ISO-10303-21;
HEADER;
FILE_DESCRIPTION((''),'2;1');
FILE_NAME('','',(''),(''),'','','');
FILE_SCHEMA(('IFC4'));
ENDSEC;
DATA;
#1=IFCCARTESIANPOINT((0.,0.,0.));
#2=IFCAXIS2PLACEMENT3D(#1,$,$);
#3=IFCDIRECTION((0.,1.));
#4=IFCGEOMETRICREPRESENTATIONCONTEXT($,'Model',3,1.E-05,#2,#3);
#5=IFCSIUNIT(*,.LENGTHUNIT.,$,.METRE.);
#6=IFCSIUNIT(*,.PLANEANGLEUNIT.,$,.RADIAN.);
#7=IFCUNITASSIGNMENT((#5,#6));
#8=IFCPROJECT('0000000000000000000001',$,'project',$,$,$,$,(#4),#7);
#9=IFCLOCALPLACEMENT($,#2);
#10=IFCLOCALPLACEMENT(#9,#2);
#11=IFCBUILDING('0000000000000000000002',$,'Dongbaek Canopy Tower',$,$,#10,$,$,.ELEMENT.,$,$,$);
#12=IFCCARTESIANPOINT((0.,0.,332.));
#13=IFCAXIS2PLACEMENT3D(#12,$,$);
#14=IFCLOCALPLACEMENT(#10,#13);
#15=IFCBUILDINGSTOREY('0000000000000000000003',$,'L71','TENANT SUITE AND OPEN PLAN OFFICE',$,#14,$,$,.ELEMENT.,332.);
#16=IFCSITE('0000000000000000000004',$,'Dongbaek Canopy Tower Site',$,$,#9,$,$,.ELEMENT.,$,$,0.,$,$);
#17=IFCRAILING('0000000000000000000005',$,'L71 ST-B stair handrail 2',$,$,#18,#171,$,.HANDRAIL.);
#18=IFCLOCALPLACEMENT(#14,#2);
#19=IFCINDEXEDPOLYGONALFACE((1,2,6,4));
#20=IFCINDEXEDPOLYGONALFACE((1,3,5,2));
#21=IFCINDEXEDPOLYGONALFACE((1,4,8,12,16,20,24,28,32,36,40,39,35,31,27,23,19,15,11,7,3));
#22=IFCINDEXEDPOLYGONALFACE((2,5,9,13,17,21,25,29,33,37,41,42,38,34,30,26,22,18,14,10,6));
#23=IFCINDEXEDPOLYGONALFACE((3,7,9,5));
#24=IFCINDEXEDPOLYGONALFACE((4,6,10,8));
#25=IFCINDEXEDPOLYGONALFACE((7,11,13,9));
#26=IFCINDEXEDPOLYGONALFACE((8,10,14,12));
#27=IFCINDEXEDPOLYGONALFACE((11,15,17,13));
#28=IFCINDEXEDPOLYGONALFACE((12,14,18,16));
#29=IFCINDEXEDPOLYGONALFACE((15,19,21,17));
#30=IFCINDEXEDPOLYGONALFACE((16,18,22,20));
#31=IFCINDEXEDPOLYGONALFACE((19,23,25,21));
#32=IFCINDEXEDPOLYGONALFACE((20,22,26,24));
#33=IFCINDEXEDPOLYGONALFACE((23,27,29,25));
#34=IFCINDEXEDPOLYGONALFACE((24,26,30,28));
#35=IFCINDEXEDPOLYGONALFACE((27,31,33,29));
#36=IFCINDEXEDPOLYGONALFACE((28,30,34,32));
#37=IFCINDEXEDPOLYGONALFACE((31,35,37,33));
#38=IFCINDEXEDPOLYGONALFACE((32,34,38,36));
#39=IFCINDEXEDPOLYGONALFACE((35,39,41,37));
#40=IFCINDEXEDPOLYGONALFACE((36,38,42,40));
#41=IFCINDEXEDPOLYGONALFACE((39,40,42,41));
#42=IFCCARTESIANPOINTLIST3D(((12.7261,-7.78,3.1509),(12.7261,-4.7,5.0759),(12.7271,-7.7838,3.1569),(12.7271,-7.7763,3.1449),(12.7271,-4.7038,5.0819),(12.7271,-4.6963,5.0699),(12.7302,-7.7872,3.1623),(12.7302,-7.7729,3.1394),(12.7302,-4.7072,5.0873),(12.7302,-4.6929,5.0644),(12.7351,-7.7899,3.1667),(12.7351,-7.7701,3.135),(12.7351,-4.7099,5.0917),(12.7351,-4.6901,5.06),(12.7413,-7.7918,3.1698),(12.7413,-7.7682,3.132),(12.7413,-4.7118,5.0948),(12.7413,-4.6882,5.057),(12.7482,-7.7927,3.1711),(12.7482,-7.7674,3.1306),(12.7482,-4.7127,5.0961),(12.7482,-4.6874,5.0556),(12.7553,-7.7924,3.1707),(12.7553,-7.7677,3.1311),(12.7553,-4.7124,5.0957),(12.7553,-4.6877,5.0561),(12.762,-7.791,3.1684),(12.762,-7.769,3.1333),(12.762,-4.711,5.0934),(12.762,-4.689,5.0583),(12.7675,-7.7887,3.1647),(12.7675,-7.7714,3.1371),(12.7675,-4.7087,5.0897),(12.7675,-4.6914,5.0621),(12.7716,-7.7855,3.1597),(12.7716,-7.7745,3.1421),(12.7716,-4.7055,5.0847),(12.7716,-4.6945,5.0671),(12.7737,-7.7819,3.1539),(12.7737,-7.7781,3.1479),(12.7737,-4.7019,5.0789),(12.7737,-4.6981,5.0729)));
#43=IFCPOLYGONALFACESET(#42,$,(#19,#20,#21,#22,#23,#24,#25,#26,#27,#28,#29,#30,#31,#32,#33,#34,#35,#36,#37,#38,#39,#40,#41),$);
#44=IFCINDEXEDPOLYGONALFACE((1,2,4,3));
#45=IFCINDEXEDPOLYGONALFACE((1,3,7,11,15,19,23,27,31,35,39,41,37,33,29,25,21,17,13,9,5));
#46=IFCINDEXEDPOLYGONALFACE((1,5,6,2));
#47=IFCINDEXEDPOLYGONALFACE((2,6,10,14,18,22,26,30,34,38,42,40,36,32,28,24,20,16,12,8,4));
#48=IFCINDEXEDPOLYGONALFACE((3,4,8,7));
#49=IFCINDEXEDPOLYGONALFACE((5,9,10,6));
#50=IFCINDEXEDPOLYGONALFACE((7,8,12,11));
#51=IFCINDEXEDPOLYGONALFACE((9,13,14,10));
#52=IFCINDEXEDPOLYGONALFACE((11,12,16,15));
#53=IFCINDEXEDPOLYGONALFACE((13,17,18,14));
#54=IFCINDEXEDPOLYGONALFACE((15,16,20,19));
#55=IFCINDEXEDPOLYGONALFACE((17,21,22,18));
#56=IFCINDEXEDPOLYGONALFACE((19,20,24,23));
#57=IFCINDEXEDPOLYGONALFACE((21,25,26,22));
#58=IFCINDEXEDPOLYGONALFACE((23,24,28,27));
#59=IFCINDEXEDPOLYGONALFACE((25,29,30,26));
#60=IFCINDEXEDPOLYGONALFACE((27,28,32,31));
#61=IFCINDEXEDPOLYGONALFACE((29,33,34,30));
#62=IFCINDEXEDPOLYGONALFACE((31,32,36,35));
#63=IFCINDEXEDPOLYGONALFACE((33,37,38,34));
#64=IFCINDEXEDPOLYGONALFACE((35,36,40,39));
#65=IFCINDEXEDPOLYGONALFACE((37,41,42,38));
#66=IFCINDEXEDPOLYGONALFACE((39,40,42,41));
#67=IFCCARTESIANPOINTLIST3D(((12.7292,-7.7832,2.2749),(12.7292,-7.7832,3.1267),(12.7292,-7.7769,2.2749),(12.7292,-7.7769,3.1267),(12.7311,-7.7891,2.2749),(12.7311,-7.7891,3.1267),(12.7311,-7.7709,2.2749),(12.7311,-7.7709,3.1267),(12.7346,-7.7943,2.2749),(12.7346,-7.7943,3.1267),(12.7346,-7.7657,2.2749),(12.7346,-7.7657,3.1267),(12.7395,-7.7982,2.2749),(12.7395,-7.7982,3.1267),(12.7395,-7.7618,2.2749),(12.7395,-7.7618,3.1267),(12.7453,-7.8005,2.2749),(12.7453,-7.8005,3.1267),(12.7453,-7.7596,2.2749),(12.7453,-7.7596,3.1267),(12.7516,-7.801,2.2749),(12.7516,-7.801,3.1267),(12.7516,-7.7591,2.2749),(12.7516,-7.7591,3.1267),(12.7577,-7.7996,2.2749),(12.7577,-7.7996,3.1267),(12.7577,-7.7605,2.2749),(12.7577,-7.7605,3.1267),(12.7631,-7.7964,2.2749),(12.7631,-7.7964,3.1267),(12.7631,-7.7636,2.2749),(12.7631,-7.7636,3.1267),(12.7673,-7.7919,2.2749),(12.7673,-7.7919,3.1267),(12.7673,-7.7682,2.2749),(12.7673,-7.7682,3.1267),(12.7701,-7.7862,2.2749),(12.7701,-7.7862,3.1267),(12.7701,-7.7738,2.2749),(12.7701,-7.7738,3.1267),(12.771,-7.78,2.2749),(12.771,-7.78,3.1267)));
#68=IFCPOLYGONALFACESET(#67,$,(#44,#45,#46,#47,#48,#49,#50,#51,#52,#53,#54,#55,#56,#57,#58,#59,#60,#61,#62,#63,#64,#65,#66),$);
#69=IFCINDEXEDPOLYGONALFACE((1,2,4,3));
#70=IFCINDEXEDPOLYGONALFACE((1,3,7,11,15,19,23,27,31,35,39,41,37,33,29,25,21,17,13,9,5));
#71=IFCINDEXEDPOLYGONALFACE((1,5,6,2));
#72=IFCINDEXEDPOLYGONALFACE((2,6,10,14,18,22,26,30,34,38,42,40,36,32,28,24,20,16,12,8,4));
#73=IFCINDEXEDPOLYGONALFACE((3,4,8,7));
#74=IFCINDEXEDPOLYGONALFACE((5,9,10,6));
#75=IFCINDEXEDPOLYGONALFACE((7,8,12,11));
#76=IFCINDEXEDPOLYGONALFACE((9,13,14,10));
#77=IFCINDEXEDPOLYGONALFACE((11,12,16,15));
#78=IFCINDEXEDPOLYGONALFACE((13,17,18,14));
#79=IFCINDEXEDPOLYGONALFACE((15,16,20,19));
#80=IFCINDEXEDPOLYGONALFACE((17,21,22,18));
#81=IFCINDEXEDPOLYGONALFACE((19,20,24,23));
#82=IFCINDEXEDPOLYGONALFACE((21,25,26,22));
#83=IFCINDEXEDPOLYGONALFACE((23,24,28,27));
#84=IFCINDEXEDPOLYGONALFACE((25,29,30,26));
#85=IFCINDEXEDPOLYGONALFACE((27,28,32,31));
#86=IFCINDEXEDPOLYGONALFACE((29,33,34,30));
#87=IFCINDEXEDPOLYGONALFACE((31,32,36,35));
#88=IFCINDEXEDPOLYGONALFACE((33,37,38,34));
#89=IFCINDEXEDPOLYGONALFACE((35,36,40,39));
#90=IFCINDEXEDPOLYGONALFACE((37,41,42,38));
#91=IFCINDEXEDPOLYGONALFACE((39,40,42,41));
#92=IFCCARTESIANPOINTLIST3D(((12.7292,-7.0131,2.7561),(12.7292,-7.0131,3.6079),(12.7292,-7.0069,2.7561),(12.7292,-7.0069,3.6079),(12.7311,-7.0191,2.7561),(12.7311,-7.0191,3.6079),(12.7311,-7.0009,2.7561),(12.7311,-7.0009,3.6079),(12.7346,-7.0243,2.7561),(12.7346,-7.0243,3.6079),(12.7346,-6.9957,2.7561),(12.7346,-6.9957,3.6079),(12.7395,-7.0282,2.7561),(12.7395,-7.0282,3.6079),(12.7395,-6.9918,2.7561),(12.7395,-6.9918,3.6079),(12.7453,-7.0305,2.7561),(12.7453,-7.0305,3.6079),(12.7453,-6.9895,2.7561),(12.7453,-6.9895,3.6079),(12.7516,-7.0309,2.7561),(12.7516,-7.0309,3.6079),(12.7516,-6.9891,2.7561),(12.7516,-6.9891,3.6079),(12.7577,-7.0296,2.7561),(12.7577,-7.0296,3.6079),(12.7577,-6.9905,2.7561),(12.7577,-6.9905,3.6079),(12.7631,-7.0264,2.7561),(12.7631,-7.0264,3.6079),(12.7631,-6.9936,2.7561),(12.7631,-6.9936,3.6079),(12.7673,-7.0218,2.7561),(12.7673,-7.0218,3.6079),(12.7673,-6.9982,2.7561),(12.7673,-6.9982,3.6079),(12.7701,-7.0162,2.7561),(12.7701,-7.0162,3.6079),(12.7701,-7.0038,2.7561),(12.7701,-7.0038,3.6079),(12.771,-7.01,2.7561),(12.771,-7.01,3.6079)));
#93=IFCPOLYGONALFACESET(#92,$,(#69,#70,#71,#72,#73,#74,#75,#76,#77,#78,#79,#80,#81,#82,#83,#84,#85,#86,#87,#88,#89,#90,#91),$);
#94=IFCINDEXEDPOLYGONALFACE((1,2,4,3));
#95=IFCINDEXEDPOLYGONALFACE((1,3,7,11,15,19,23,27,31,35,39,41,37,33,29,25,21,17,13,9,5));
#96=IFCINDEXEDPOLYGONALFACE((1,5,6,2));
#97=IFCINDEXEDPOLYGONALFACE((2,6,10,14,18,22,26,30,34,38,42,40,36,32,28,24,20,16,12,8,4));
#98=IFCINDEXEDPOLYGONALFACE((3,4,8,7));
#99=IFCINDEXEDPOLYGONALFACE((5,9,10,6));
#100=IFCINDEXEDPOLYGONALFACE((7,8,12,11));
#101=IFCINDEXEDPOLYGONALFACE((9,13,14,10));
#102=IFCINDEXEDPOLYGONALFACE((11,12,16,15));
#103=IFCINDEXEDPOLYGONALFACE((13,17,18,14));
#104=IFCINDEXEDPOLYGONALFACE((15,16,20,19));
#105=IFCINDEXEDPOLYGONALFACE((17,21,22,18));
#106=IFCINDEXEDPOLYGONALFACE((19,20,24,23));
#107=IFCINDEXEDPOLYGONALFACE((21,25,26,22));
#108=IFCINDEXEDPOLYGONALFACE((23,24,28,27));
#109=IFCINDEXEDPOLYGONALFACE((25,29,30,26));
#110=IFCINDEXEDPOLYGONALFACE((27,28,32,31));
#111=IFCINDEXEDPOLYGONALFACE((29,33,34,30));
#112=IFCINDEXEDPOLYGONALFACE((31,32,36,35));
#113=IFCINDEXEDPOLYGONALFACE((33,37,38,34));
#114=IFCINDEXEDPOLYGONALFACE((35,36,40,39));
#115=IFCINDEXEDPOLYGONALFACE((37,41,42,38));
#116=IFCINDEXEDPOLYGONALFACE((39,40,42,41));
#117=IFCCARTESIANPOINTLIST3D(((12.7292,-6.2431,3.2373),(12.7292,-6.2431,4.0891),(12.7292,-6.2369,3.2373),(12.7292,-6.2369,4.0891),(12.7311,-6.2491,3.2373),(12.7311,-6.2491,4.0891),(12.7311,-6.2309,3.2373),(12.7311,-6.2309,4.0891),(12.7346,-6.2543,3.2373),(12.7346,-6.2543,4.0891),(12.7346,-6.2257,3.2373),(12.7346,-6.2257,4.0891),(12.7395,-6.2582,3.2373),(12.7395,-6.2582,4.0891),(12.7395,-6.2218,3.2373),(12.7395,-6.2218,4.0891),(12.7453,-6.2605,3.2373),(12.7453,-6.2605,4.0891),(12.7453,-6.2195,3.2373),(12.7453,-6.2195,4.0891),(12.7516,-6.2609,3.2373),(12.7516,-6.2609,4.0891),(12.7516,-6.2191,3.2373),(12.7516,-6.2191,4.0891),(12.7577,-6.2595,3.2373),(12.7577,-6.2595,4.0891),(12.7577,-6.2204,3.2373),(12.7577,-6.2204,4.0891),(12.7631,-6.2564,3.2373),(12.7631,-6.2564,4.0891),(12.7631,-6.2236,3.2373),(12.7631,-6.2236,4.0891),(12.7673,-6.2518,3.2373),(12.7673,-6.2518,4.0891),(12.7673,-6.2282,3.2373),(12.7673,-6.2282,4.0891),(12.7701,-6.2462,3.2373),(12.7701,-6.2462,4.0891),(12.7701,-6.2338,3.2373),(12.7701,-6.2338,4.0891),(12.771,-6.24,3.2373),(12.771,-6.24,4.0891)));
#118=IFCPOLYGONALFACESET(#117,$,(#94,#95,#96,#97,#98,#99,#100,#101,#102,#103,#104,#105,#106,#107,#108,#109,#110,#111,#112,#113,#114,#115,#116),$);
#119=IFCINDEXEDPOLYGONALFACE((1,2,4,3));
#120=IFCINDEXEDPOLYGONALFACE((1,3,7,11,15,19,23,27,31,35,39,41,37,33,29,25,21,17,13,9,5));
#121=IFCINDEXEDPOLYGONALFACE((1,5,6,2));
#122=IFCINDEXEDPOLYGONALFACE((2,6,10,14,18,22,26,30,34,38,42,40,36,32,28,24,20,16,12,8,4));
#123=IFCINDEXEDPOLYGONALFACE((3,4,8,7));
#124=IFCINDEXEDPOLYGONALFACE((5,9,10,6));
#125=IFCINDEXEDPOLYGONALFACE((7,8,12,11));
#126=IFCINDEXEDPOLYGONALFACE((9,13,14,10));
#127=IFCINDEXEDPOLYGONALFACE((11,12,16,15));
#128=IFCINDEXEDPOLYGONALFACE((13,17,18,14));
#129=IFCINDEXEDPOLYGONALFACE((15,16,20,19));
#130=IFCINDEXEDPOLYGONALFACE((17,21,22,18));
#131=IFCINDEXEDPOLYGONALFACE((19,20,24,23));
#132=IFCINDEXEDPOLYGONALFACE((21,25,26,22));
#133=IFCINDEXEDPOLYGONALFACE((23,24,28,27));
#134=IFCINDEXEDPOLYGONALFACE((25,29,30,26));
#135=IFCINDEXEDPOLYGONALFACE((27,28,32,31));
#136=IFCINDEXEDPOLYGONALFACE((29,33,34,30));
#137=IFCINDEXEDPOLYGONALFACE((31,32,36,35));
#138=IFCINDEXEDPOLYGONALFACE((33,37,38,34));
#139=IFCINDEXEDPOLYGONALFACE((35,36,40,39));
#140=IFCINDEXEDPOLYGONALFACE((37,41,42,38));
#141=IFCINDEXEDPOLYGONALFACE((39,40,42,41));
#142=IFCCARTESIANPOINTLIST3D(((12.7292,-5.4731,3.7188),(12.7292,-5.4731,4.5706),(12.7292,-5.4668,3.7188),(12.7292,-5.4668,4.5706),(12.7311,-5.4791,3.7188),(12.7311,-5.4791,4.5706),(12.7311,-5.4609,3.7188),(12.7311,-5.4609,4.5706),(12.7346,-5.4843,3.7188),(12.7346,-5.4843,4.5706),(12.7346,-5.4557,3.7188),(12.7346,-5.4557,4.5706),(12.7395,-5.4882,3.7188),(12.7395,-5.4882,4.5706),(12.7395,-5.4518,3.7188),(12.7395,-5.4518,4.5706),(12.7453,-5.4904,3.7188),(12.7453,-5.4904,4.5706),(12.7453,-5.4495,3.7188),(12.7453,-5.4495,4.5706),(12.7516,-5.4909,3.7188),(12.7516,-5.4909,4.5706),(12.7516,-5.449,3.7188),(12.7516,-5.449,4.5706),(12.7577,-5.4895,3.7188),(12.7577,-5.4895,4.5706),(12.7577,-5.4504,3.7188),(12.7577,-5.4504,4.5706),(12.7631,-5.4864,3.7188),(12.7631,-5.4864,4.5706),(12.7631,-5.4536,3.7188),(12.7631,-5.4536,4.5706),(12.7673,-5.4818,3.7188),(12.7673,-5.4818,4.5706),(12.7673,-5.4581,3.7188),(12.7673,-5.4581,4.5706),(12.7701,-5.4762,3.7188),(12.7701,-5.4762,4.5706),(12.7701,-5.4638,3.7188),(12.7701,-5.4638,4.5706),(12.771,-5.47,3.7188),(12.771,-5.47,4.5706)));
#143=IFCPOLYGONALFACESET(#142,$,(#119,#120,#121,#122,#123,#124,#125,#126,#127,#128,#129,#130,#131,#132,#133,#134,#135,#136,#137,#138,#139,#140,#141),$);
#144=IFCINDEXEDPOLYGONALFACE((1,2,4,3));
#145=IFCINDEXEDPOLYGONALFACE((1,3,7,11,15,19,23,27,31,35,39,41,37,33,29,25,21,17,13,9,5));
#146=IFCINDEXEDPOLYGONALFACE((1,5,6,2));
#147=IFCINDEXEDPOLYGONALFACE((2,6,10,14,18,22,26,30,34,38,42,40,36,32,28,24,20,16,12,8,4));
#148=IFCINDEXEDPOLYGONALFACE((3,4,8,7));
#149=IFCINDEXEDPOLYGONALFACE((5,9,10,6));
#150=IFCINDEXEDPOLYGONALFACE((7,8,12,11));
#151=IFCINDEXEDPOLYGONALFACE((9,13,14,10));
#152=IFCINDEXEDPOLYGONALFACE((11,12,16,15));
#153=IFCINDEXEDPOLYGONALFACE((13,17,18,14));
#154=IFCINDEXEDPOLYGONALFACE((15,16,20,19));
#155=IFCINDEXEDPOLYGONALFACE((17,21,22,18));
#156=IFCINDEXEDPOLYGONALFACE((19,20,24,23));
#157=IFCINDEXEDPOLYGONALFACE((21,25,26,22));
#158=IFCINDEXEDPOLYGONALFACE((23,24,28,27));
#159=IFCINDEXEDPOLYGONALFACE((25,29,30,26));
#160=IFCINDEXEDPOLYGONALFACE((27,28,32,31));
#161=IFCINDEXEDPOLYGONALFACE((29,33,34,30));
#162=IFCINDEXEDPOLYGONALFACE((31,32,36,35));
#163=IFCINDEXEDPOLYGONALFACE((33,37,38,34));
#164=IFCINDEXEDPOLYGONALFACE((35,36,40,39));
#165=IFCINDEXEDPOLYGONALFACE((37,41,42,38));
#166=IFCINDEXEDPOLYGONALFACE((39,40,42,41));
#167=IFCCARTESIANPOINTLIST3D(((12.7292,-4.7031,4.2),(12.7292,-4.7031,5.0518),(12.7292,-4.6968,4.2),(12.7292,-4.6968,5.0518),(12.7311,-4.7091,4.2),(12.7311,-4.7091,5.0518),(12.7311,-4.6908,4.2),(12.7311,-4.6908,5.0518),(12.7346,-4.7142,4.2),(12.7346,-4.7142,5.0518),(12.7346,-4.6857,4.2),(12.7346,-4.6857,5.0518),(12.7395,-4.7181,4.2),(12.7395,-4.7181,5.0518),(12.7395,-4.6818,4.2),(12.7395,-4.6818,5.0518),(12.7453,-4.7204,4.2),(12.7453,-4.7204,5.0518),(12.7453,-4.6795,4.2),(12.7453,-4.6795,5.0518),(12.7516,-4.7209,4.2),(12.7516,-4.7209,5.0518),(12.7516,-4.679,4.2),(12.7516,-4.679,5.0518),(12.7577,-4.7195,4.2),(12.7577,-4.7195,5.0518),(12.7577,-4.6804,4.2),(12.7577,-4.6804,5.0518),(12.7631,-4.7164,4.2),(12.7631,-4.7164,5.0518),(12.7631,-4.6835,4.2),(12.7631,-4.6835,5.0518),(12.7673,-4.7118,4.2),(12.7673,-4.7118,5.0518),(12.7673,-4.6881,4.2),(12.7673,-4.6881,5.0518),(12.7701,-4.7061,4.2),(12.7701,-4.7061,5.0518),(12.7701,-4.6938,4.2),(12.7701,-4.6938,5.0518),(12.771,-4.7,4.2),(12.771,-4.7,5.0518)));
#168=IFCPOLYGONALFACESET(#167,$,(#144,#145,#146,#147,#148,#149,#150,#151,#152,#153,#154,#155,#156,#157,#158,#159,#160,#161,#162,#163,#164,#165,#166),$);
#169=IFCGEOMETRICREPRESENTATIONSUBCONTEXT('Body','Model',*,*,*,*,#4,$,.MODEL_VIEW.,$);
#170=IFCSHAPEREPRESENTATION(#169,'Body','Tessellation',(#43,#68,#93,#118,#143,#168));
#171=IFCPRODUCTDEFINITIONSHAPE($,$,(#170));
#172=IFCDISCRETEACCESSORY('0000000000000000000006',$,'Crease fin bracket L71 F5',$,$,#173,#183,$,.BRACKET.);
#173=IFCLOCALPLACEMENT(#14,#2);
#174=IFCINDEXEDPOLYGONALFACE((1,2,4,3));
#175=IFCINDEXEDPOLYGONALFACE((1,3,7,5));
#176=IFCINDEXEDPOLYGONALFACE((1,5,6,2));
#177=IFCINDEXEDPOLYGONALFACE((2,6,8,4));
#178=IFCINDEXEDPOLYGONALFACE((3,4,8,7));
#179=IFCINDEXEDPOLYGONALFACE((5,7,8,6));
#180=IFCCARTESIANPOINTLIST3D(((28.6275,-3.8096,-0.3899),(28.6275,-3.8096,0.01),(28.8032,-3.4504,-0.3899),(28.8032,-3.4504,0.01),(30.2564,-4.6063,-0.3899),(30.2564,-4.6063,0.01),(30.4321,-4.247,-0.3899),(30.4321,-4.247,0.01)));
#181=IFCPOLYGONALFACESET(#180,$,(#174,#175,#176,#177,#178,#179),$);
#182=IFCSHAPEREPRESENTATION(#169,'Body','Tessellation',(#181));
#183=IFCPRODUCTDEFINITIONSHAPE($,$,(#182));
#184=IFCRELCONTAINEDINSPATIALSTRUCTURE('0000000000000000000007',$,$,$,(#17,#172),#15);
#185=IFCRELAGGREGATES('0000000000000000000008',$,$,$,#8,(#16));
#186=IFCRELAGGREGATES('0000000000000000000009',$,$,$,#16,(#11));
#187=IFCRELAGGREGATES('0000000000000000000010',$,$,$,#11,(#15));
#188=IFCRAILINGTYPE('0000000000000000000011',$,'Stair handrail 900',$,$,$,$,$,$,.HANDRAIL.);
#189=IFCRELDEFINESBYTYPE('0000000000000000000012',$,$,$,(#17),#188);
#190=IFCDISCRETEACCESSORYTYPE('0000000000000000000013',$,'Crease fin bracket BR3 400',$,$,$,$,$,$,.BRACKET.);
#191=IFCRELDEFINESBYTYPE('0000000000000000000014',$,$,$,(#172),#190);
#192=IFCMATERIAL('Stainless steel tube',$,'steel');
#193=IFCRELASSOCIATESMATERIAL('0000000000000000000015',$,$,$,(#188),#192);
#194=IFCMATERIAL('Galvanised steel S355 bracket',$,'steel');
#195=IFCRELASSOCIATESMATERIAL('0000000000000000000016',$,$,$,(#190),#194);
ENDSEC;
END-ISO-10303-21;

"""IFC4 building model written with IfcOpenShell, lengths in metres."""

from ifc_helpers import new_model, si_unit, direction, frame, origin, origin_2d, place, context, subcontext, project, spatial, rectangle, circle, extrude, material, type_object, element, save


model = new_model("IFC4")

# Units and contexts
model_context = context("Model", 3, precision=1e-05, world=origin(), true_north=direction((0.0, 1.0)))
body_context = subcontext(model_context, "Body", "Model", "MODEL_VIEW")
ifc_project = project(units=[si_unit("LENGTHUNIT", "METRE"), si_unit("PLANEANGLEUNIT", "RADIAN")], contexts=[model_context])

# Site, building, storey
site_placement = place(None, origin())
site = spatial("IfcSite", under=ifc_project, at=site_placement, Name="Dongbaek Canopy Tower Site", CompositionType="ELEMENT", RefElevation=0.0)
building_placement = place(site_placement, origin())
building = spatial("IfcBuilding", under=site, at=building_placement, Name="Dongbaek Canopy Tower", CompositionType="ELEMENT")
storey_placement = place(building_placement, frame((0.0, 0.0, 332.0)))
storey = spatial("IfcBuildingStorey", under=building, at=storey_placement, Name="L71", Description="TENANT SUITE AND OPEN PLAN OFFICE", CompositionType="ELEMENT", Elevation=332.0)

# Railing
ifc_material_1 = material(Name="Stainless steel tube", Category="steel")
railing_type_1 = type_object("IfcRailingType", Name="Stair handrail 900", PredefinedType="HANDRAIL", material=ifc_material_1)
railing_1_placement = place(storey_placement, frame((12.75, -7.78, 2.2749)))
element("IfcRailing", 1, at=railing_1_placement, inside=storey, type_object=railing_type_1, Name="L71 ST-B stair handrail 2", PredefinedType="HANDRAIL", context=body_context, shape_type="SweptSolid", body=[
    extrude(circle(Radius=0.0239, at=origin_2d()), frame((0.0, 0.0, 0.876), z_axis=(0.0, 0.847998, 0.529999), x_axis=(-1.0, 0.0, 0.0)), (0.0, 0.0, 1.0), 3.6321),
    extrude(circle(Radius=0.021, at=origin_2d()), origin(), (0.0, 0.0, 1.0), 0.8518),
    extrude(circle(Radius=0.021, at=origin_2d()), frame((0.0, 0.77, 0.4812)), (0.0, 0.0, 1.0), 0.8518),
    extrude(circle(Radius=0.021, at=origin_2d()), frame((0.0, 1.54, 0.9624)), (0.0, 0.0, 1.0), 0.8518),
    extrude(circle(Radius=0.021, at=origin_2d()), frame((0.0, 2.3101, 1.4438)), (0.0, 0.0, 1.0), 0.8518),
    extrude(circle(Radius=0.021, at=origin_2d()), frame((0.0, 3.0801, 1.925)), (0.0, 0.0, 1.0), 0.8518),
])

# Discrete accessory
ifc_material_2 = material(Name="Galvanised steel S355 bracket", Category="steel")
discrete_accessory_type = type_object("IfcDiscreteAccessoryType", Name="Crease fin bracket BR3 400", PredefinedType="BRACKET", material=ifc_material_2)
discrete_accessory_placement = place(storey_placement, frame((29.5298, -4.0283, -0.3899), z_axis=(0.0, 0.0, 1.0), x_axis=(0.898322, -0.439337, 0.0)))
element("IfcDiscreteAccessory", 2, at=discrete_accessory_placement, inside=storey, type_object=discrete_accessory_type, Name="Crease fin bracket L71 F5", PredefinedType="BRACKET", context=body_context, shape_type="SweptSolid", body=[
    extrude(rectangle(XDim=1.8132, YDim=0.3999, at=origin_2d()), origin(), (0.0, 0.0, 1.0), 0.3999),
])

save(model, "model.ifc")
